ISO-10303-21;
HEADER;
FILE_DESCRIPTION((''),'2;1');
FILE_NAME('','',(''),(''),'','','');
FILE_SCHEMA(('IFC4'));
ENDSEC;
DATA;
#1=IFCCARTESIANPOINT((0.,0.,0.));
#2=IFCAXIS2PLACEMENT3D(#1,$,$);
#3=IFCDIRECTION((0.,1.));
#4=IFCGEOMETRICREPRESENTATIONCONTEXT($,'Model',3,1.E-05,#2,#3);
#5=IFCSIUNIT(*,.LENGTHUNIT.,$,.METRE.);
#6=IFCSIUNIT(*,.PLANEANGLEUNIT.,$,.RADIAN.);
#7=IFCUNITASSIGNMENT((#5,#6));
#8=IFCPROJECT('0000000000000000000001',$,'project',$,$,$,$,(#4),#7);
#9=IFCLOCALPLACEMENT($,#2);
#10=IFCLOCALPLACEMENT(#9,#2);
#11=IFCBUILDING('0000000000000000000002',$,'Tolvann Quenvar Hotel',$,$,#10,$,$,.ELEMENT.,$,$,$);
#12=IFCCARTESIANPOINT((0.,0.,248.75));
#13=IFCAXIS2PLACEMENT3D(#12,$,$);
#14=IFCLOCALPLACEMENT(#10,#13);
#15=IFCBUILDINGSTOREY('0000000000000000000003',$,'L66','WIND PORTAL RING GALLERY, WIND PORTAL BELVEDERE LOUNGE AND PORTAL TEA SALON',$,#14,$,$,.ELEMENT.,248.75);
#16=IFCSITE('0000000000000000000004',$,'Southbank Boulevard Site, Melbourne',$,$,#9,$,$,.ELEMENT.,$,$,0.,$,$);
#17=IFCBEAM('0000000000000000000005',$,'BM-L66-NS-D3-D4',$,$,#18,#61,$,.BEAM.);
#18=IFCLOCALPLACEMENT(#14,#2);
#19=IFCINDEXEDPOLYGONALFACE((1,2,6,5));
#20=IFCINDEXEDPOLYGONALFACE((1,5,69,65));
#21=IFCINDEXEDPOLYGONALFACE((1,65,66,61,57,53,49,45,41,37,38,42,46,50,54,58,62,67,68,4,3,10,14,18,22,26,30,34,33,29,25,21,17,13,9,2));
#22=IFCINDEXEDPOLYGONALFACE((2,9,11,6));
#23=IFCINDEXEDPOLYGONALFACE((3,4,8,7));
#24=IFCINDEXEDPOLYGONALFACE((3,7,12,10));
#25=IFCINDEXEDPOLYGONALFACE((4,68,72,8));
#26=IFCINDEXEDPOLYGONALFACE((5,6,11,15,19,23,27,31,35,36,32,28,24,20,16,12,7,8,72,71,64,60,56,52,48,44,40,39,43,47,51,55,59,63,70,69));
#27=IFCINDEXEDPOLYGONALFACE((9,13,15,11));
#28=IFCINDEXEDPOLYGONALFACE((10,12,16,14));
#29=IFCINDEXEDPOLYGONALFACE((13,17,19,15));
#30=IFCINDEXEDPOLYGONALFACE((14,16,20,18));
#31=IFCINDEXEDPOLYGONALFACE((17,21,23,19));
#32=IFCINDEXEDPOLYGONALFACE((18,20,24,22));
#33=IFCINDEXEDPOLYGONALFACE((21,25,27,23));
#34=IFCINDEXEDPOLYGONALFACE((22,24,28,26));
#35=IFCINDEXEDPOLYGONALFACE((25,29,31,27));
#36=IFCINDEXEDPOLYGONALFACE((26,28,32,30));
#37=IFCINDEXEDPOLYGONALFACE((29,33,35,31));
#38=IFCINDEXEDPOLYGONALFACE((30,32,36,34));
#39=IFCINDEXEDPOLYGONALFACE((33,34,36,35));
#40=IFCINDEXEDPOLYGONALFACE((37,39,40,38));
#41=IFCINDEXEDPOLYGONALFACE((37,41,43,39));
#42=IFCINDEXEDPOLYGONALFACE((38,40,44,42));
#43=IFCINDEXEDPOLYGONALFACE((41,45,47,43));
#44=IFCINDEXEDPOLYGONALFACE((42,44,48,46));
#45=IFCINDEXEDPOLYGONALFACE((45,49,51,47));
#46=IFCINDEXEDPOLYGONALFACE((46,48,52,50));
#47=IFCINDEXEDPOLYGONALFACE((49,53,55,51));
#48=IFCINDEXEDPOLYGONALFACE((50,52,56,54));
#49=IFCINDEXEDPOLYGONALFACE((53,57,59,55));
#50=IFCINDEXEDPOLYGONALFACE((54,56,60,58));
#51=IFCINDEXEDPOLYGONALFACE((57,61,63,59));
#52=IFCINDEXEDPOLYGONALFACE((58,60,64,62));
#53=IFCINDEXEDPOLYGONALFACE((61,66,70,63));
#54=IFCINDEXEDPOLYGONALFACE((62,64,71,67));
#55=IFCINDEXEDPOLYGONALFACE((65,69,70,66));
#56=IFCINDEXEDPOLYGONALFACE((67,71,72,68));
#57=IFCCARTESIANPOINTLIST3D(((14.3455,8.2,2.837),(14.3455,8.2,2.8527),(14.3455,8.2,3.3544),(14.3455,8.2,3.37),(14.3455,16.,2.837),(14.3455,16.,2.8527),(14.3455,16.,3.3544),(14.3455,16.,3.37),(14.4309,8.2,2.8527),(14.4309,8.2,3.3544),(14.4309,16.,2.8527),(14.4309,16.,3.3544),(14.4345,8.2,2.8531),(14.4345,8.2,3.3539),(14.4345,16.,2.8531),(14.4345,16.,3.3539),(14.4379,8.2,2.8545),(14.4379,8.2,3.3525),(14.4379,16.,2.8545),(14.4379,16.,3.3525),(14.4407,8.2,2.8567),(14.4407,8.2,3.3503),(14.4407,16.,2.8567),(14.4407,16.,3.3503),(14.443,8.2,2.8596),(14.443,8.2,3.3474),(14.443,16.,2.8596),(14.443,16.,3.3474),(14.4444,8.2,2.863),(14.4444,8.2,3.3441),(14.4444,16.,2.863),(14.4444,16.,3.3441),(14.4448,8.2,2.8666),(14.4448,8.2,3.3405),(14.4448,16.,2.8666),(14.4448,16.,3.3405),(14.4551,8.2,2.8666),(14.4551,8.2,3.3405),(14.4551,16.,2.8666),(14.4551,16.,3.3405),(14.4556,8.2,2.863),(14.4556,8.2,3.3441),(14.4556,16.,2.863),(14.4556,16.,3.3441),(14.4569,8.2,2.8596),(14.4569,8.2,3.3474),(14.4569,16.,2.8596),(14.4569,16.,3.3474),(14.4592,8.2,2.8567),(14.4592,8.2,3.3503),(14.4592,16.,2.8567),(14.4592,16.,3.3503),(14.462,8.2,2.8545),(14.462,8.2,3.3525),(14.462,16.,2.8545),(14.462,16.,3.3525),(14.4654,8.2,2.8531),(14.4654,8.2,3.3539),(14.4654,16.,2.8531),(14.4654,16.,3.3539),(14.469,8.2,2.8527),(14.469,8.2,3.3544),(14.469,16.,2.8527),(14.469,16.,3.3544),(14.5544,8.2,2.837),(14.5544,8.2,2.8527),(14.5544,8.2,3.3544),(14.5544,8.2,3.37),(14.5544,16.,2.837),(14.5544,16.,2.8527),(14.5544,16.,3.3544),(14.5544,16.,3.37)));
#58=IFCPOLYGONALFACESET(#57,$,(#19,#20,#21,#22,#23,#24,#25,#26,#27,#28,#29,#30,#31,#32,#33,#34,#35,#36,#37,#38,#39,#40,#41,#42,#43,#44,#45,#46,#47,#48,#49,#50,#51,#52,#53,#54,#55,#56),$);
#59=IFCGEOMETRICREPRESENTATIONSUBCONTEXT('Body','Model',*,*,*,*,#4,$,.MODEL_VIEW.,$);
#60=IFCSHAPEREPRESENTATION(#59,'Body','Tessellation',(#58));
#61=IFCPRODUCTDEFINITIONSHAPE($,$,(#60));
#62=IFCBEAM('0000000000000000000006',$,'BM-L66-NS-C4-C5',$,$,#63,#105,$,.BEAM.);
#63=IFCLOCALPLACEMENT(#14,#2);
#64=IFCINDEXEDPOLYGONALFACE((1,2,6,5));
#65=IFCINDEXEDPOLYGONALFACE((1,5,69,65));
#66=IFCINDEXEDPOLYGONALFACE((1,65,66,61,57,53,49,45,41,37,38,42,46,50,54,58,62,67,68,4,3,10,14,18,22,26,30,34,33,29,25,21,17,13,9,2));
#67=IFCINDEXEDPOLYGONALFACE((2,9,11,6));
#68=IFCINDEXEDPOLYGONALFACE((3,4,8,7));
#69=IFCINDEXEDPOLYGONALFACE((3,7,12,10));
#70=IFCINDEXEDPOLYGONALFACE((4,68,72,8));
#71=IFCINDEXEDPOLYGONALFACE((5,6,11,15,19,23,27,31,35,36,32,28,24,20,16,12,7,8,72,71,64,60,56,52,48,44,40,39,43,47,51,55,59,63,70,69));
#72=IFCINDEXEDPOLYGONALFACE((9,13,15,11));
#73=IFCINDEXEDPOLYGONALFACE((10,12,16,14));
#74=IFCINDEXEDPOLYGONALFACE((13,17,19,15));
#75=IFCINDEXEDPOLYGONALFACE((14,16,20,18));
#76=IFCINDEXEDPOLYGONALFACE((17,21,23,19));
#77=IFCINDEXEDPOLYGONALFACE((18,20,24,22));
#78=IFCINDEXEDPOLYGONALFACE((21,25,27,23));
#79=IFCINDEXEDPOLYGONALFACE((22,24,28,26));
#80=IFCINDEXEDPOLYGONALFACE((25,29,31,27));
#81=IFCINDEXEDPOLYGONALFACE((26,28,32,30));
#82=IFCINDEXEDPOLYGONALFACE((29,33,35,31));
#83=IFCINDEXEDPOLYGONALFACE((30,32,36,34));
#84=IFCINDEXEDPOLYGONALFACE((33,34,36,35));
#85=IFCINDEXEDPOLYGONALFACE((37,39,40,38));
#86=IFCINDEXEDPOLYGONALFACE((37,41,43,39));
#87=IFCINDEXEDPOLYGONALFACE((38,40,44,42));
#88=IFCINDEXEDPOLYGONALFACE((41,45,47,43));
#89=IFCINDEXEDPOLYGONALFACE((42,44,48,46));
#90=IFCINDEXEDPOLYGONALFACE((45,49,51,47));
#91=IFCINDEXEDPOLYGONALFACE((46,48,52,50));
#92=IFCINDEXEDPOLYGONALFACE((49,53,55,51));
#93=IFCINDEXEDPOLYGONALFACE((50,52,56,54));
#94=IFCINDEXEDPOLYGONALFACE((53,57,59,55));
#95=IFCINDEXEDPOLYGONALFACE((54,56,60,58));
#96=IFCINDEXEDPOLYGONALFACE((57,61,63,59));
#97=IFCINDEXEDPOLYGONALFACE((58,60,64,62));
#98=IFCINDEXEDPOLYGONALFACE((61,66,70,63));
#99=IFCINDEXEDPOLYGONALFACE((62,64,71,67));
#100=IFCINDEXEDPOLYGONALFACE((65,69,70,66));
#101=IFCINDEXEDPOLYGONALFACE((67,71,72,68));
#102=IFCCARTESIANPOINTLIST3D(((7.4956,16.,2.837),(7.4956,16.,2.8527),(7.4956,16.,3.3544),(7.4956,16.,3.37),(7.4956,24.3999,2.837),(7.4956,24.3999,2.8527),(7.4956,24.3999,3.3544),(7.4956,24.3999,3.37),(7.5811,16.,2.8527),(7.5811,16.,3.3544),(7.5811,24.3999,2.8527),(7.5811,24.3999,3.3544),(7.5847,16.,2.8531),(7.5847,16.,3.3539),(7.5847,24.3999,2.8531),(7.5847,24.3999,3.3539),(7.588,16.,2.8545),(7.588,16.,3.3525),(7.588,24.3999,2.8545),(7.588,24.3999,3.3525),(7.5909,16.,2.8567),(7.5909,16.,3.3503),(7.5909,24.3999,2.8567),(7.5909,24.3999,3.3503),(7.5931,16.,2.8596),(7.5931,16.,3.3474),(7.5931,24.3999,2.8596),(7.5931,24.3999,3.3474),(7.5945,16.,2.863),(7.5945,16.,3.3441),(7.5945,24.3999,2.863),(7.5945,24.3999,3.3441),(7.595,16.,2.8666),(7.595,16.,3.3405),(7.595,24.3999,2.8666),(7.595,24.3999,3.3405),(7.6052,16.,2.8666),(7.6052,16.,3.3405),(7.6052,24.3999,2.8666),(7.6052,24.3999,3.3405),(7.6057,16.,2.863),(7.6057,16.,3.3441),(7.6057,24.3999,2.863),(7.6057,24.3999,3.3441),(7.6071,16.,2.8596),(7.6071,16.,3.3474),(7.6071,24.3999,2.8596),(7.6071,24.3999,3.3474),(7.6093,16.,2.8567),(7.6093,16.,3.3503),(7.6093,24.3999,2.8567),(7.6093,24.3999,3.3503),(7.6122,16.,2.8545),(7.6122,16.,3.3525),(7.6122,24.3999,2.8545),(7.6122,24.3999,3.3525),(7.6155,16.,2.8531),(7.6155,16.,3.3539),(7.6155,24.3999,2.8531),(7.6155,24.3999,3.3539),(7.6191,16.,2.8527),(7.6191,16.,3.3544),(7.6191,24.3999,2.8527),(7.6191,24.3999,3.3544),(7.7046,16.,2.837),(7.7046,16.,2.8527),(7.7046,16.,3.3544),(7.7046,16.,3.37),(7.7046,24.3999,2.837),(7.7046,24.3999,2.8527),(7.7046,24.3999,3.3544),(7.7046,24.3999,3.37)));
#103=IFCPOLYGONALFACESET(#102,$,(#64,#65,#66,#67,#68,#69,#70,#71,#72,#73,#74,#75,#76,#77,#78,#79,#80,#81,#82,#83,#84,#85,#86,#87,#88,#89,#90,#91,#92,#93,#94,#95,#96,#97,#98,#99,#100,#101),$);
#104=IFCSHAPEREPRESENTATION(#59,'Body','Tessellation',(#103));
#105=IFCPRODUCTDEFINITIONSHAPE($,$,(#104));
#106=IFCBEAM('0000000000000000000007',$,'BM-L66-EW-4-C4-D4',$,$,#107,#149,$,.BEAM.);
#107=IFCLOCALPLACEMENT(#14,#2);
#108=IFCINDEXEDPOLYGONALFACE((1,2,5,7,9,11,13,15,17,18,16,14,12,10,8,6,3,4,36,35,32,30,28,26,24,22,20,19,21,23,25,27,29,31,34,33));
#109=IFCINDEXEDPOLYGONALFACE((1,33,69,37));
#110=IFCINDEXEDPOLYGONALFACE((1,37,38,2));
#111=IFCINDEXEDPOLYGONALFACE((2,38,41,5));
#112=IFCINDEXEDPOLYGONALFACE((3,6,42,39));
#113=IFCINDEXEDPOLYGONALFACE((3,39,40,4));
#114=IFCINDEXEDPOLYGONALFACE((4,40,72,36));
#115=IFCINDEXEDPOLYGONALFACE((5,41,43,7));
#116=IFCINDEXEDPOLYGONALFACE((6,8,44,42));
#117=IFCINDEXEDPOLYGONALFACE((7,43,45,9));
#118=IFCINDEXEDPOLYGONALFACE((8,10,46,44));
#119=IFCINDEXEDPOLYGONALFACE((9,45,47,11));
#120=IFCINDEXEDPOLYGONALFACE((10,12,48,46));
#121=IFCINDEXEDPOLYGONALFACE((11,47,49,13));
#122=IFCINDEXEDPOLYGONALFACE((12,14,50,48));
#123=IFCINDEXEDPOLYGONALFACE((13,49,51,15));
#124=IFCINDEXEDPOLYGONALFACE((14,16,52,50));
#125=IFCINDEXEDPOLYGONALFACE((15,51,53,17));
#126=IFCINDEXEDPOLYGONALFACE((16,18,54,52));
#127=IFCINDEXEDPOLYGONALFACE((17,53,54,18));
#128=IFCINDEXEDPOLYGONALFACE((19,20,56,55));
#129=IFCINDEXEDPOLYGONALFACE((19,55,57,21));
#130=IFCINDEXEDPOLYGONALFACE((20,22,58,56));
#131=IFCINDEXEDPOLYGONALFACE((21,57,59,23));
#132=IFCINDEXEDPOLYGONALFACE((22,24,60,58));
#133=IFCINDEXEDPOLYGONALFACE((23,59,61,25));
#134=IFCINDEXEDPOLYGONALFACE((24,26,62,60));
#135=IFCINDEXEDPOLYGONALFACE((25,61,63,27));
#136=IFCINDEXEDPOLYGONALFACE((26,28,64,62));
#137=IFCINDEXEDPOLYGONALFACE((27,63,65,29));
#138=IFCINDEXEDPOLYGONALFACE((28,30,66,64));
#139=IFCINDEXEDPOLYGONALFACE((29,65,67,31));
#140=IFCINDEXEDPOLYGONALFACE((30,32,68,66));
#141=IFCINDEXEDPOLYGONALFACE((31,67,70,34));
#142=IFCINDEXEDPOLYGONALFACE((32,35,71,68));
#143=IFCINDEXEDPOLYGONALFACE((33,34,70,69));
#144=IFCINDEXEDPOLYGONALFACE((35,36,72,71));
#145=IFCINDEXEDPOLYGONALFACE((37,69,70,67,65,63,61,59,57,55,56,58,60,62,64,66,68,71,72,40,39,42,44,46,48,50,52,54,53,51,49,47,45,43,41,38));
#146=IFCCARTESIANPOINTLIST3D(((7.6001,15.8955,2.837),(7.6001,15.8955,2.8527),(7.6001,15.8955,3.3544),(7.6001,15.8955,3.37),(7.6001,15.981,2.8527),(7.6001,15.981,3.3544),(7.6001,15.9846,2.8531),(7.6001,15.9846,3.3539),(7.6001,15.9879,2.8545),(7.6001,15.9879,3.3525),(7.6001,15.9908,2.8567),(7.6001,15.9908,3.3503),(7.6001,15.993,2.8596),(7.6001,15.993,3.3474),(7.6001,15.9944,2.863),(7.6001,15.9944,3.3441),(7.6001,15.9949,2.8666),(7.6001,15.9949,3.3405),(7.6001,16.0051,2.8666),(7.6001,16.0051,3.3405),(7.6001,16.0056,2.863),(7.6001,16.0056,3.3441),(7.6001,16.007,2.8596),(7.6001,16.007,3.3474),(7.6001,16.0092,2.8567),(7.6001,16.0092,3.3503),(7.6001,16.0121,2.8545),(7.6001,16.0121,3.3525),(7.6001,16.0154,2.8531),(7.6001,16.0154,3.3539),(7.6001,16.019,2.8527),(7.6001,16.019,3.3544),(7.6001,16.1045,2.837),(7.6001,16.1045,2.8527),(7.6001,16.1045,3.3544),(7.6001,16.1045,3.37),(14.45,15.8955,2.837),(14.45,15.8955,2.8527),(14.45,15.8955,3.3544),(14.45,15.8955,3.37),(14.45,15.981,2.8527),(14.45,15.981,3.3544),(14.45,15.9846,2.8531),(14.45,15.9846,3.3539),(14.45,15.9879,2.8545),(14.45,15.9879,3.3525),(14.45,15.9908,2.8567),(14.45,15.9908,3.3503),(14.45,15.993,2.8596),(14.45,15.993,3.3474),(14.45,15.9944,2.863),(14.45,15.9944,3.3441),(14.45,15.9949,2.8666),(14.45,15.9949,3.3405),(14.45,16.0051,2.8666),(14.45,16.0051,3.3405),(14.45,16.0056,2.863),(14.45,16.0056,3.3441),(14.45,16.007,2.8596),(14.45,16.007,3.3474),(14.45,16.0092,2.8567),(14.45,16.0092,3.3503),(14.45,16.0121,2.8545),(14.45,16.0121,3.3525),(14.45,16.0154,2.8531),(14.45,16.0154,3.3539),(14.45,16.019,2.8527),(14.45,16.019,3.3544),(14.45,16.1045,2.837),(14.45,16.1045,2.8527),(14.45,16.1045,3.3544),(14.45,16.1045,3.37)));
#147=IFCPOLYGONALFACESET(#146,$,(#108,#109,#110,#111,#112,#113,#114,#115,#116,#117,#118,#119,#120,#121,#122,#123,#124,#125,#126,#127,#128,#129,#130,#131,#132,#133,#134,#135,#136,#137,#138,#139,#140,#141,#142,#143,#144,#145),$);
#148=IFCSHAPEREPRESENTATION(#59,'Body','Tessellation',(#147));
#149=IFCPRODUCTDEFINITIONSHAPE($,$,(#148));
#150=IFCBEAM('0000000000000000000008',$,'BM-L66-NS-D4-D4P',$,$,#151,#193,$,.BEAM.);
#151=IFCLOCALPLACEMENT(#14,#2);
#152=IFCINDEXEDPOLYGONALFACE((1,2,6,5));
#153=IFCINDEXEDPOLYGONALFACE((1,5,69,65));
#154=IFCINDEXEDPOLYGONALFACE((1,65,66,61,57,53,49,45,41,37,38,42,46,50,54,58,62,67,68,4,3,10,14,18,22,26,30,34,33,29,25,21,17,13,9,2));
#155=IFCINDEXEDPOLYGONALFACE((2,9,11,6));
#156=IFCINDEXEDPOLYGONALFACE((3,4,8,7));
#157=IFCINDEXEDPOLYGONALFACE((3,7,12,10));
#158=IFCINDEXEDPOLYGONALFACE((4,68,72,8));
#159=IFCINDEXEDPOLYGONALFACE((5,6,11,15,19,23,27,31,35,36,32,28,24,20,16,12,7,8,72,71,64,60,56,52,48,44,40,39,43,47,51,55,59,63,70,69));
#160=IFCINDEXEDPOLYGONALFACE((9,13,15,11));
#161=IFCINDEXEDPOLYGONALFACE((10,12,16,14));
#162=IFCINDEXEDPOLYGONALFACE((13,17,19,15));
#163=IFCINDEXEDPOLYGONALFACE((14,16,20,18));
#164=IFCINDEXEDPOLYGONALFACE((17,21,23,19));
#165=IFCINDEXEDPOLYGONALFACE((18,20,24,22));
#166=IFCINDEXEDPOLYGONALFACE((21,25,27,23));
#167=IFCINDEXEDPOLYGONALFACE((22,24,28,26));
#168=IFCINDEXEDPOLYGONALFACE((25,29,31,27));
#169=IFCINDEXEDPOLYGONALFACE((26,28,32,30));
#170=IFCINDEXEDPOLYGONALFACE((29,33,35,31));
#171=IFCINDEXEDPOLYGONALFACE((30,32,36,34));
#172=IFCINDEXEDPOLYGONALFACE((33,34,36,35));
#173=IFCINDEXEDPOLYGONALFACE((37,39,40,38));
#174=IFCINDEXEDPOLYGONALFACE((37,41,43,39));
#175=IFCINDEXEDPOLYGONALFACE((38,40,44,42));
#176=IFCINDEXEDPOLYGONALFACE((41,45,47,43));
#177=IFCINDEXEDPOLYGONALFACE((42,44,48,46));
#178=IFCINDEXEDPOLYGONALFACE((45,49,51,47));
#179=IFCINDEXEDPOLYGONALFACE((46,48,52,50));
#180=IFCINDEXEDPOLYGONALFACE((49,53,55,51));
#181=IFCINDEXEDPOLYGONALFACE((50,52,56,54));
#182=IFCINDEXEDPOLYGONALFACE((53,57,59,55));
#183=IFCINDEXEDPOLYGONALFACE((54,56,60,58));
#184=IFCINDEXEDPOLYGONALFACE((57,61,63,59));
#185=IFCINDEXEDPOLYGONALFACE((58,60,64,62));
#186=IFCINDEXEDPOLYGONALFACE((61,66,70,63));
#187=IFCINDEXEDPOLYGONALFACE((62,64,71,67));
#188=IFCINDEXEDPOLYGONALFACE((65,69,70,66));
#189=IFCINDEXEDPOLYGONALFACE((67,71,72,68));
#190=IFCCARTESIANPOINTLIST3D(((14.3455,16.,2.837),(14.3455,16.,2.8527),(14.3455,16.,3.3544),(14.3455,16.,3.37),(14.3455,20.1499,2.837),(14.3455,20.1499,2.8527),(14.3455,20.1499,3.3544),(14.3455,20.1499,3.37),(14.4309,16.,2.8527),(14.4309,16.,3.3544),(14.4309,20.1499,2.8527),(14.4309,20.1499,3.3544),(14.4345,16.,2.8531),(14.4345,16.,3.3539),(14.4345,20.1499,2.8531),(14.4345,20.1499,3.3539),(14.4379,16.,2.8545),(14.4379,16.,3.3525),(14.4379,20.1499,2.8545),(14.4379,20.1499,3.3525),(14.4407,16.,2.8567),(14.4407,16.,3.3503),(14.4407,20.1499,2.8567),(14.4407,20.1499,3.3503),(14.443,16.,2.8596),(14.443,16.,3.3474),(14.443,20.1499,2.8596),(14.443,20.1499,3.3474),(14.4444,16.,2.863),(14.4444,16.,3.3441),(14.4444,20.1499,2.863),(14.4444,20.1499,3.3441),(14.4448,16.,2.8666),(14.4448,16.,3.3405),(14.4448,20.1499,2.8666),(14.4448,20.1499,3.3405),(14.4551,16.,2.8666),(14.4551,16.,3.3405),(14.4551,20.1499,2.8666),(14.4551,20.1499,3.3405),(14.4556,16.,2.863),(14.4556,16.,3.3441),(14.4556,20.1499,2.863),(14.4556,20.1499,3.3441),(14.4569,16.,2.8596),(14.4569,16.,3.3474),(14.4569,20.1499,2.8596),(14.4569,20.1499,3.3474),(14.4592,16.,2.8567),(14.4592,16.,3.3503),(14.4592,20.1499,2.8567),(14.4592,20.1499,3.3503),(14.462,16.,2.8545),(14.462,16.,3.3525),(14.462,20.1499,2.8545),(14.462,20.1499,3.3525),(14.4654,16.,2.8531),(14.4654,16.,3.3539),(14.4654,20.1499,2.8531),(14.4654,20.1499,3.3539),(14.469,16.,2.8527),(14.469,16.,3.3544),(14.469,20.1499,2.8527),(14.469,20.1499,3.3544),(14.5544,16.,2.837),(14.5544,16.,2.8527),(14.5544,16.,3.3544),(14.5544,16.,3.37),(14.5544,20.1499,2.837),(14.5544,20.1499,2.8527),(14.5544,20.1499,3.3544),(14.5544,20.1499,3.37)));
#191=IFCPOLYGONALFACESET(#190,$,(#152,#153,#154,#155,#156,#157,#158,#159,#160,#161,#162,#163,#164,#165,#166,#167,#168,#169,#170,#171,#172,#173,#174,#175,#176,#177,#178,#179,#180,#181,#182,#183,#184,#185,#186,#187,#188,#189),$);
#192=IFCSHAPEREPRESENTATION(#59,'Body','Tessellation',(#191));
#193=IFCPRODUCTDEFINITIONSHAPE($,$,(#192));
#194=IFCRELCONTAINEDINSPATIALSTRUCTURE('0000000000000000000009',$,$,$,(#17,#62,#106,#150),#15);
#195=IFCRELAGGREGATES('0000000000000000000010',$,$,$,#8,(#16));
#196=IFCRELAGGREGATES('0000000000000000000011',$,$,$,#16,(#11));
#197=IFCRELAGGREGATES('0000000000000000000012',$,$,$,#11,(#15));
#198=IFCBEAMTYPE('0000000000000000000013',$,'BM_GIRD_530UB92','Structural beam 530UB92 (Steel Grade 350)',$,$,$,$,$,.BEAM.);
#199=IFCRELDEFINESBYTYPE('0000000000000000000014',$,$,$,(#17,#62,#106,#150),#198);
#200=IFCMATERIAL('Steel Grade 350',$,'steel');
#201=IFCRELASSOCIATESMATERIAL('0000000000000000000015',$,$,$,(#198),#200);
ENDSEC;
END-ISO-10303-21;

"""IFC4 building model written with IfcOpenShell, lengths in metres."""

from ifc_helpers import new_model, si_unit, direction, frame, origin, origin_2d, place, context, subcontext, project, spatial, i_section, extrude, source, transform, mapped, material, material_profile, profile_set, type_object, type_shapes, element, save


model = new_model("IFC4")

# Units and contexts
model_context = context("Model", 3, precision=1e-05, world=origin(), true_north=direction((0.0, 1.0)))
body_context = subcontext(model_context, "Body", "Model", "MODEL_VIEW")
ifc_project = project(units=[si_unit("LENGTHUNIT", "METRE"), si_unit("PLANEANGLEUNIT", "RADIAN")], contexts=[model_context])

# Site, building, storey
site_placement = place(None, origin())
site = spatial("IfcSite", under=ifc_project, at=site_placement, Name="Southbank Boulevard Site, Melbourne", CompositionType="ELEMENT", RefElevation=0.0)
building_placement = place(site_placement, origin())
building = spatial("IfcBuilding", under=site, at=building_placement, Name="Tolvann Quenvar Hotel", CompositionType="ELEMENT")
storey_placement = place(building_placement, frame((0.0, 0.0, 248.75)))
storey = spatial("IfcBuildingStorey", under=building, at=storey_placement, Name="L66", Description="WIND PORTAL RING GALLERY, WIND PORTAL BELVEDERE LOUNGE AND PORTAL TEA SALON", CompositionType="ELEMENT", Elevation=248.75)

# Shared definitions
ifc_material_1 = material(Name="Steel Grade 350", Category="steel")

# Beams
ifc_material_profile_1 = material_profile(ifc_material_1, i_section(OverallWidth=0.209, OverallDepth=0.533, WebThickness=0.0103, FlangeThickness=0.0156, FilletRadius=0.0139, at=origin_2d()), Name="530UB92")
ifc_profile_set_1 = profile_set([ifc_material_profile_1], Name="Steel Grade 350")
beam_type_1 = type_object("IfcBeamType", Name="BM_GIRD_530UB92", Description="Structural beam 530UB92 (Steel Grade 350)", PredefinedType="BEAM", material=ifc_profile_set_1)
shared_shape_1 = source(origin(), body_context, "Body", "SweptSolid", [
    extrude(i_section(OverallWidth=0.209, OverallDepth=0.533, WebThickness=0.0103, FlangeThickness=0.0156, FilletRadius=0.0139, at=origin_2d()), origin(), (0.0, 0.0, 1.0), 7.8),
])
beam_1_placement = place(storey_placement, frame((14.45, 8.2, 3.1035), z_axis=(0.0, 1.0, 0.0), x_axis=(-1.0, 0.0, 0.0)))
element("IfcBeam", 1, at=beam_1_placement, inside=storey, type_object=beam_type_1, Name="BM-L66-NS-D3-D4", PredefinedType="BEAM", context=body_context, shape_type="MappedRepresentation", body=[
    mapped(shared_shape_1, transform((0.0, 0.0, 0.0), x_axis=(1.0, 0.0, 0.0), y_axis=(0.0, 1.0, 0.0), z_axis=(0.0, 0.0, 1.0), scale=1.0)),
])
shared_shape_2 = source(origin(), body_context, "Body", "SweptSolid", [
    extrude(i_section(OverallWidth=0.209, OverallDepth=0.533, WebThickness=0.0103, FlangeThickness=0.0156, FilletRadius=0.0139, at=origin_2d()), origin(), (0.0, 0.0, 1.0), 8.3999),
])
beam_2_placement = place(storey_placement, frame((7.6001, 16.0, 3.1035), z_axis=(0.0, 1.0, 0.0), x_axis=(-1.0, 0.0, 0.0)))
element("IfcBeam", 2, at=beam_2_placement, inside=storey, type_object=beam_type_1, Name="BM-L66-NS-C4-C5", PredefinedType="BEAM", context=body_context, shape_type="MappedRepresentation", body=[
    mapped(shared_shape_2, transform((0.0, 0.0, 0.0), x_axis=(1.0, 0.0, 0.0), y_axis=(0.0, 1.0, 0.0), z_axis=(0.0, 0.0, 1.0), scale=1.0)),
])
shared_shape_3 = source(origin(), body_context, "Body", "SweptSolid", [
    extrude(i_section(OverallWidth=0.209, OverallDepth=0.533, WebThickness=0.0103, FlangeThickness=0.0156, FilletRadius=0.0139, at=origin_2d()), origin(), (0.0, 0.0, 1.0), 6.8499),
])
beam_3_placement = place(storey_placement, frame((7.6001, 16.0, 3.1035), z_axis=(1.0, 0.0, 0.0), x_axis=(0.0, 1.0, 0.0)))
element("IfcBeam", 3, at=beam_3_placement, inside=storey, type_object=beam_type_1, Name="BM-L66-EW-4-C4-D4", PredefinedType="BEAM", context=body_context, shape_type="MappedRepresentation", body=[
    mapped(shared_shape_3, transform((0.0, 0.0, 0.0), x_axis=(1.0, 0.0, 0.0), y_axis=(0.0, 1.0, 0.0), z_axis=(0.0, 0.0, 1.0), scale=1.0)),
])
shared_shape_4 = source(origin(), body_context, "Body", "SweptSolid", [
    extrude(i_section(OverallWidth=0.209, OverallDepth=0.533, WebThickness=0.0103, FlangeThickness=0.0156, FilletRadius=0.0139, at=origin_2d()), origin(), (0.0, 0.0, 1.0), 4.1499),
])
type_shapes(beam_type_1, [shared_shape_1, shared_shape_2, shared_shape_3, shared_shape_4])
beam_4_placement = place(storey_placement, frame((14.45, 16.0, 3.1035), z_axis=(0.0, 1.0, 0.0), x_axis=(-1.0, 0.0, 0.0)))
element("IfcBeam", 4, at=beam_4_placement, inside=storey, type_object=beam_type_1, Name="BM-L66-NS-D4-D4P", PredefinedType="BEAM", context=body_context, shape_type="MappedRepresentation", body=[
    mapped(shared_shape_4, transform((0.0, 0.0, 0.0), x_axis=(1.0, 0.0, 0.0), y_axis=(0.0, 1.0, 0.0), z_axis=(0.0, 0.0, 1.0), scale=1.0)),
])

save(model, "model.ifc")
